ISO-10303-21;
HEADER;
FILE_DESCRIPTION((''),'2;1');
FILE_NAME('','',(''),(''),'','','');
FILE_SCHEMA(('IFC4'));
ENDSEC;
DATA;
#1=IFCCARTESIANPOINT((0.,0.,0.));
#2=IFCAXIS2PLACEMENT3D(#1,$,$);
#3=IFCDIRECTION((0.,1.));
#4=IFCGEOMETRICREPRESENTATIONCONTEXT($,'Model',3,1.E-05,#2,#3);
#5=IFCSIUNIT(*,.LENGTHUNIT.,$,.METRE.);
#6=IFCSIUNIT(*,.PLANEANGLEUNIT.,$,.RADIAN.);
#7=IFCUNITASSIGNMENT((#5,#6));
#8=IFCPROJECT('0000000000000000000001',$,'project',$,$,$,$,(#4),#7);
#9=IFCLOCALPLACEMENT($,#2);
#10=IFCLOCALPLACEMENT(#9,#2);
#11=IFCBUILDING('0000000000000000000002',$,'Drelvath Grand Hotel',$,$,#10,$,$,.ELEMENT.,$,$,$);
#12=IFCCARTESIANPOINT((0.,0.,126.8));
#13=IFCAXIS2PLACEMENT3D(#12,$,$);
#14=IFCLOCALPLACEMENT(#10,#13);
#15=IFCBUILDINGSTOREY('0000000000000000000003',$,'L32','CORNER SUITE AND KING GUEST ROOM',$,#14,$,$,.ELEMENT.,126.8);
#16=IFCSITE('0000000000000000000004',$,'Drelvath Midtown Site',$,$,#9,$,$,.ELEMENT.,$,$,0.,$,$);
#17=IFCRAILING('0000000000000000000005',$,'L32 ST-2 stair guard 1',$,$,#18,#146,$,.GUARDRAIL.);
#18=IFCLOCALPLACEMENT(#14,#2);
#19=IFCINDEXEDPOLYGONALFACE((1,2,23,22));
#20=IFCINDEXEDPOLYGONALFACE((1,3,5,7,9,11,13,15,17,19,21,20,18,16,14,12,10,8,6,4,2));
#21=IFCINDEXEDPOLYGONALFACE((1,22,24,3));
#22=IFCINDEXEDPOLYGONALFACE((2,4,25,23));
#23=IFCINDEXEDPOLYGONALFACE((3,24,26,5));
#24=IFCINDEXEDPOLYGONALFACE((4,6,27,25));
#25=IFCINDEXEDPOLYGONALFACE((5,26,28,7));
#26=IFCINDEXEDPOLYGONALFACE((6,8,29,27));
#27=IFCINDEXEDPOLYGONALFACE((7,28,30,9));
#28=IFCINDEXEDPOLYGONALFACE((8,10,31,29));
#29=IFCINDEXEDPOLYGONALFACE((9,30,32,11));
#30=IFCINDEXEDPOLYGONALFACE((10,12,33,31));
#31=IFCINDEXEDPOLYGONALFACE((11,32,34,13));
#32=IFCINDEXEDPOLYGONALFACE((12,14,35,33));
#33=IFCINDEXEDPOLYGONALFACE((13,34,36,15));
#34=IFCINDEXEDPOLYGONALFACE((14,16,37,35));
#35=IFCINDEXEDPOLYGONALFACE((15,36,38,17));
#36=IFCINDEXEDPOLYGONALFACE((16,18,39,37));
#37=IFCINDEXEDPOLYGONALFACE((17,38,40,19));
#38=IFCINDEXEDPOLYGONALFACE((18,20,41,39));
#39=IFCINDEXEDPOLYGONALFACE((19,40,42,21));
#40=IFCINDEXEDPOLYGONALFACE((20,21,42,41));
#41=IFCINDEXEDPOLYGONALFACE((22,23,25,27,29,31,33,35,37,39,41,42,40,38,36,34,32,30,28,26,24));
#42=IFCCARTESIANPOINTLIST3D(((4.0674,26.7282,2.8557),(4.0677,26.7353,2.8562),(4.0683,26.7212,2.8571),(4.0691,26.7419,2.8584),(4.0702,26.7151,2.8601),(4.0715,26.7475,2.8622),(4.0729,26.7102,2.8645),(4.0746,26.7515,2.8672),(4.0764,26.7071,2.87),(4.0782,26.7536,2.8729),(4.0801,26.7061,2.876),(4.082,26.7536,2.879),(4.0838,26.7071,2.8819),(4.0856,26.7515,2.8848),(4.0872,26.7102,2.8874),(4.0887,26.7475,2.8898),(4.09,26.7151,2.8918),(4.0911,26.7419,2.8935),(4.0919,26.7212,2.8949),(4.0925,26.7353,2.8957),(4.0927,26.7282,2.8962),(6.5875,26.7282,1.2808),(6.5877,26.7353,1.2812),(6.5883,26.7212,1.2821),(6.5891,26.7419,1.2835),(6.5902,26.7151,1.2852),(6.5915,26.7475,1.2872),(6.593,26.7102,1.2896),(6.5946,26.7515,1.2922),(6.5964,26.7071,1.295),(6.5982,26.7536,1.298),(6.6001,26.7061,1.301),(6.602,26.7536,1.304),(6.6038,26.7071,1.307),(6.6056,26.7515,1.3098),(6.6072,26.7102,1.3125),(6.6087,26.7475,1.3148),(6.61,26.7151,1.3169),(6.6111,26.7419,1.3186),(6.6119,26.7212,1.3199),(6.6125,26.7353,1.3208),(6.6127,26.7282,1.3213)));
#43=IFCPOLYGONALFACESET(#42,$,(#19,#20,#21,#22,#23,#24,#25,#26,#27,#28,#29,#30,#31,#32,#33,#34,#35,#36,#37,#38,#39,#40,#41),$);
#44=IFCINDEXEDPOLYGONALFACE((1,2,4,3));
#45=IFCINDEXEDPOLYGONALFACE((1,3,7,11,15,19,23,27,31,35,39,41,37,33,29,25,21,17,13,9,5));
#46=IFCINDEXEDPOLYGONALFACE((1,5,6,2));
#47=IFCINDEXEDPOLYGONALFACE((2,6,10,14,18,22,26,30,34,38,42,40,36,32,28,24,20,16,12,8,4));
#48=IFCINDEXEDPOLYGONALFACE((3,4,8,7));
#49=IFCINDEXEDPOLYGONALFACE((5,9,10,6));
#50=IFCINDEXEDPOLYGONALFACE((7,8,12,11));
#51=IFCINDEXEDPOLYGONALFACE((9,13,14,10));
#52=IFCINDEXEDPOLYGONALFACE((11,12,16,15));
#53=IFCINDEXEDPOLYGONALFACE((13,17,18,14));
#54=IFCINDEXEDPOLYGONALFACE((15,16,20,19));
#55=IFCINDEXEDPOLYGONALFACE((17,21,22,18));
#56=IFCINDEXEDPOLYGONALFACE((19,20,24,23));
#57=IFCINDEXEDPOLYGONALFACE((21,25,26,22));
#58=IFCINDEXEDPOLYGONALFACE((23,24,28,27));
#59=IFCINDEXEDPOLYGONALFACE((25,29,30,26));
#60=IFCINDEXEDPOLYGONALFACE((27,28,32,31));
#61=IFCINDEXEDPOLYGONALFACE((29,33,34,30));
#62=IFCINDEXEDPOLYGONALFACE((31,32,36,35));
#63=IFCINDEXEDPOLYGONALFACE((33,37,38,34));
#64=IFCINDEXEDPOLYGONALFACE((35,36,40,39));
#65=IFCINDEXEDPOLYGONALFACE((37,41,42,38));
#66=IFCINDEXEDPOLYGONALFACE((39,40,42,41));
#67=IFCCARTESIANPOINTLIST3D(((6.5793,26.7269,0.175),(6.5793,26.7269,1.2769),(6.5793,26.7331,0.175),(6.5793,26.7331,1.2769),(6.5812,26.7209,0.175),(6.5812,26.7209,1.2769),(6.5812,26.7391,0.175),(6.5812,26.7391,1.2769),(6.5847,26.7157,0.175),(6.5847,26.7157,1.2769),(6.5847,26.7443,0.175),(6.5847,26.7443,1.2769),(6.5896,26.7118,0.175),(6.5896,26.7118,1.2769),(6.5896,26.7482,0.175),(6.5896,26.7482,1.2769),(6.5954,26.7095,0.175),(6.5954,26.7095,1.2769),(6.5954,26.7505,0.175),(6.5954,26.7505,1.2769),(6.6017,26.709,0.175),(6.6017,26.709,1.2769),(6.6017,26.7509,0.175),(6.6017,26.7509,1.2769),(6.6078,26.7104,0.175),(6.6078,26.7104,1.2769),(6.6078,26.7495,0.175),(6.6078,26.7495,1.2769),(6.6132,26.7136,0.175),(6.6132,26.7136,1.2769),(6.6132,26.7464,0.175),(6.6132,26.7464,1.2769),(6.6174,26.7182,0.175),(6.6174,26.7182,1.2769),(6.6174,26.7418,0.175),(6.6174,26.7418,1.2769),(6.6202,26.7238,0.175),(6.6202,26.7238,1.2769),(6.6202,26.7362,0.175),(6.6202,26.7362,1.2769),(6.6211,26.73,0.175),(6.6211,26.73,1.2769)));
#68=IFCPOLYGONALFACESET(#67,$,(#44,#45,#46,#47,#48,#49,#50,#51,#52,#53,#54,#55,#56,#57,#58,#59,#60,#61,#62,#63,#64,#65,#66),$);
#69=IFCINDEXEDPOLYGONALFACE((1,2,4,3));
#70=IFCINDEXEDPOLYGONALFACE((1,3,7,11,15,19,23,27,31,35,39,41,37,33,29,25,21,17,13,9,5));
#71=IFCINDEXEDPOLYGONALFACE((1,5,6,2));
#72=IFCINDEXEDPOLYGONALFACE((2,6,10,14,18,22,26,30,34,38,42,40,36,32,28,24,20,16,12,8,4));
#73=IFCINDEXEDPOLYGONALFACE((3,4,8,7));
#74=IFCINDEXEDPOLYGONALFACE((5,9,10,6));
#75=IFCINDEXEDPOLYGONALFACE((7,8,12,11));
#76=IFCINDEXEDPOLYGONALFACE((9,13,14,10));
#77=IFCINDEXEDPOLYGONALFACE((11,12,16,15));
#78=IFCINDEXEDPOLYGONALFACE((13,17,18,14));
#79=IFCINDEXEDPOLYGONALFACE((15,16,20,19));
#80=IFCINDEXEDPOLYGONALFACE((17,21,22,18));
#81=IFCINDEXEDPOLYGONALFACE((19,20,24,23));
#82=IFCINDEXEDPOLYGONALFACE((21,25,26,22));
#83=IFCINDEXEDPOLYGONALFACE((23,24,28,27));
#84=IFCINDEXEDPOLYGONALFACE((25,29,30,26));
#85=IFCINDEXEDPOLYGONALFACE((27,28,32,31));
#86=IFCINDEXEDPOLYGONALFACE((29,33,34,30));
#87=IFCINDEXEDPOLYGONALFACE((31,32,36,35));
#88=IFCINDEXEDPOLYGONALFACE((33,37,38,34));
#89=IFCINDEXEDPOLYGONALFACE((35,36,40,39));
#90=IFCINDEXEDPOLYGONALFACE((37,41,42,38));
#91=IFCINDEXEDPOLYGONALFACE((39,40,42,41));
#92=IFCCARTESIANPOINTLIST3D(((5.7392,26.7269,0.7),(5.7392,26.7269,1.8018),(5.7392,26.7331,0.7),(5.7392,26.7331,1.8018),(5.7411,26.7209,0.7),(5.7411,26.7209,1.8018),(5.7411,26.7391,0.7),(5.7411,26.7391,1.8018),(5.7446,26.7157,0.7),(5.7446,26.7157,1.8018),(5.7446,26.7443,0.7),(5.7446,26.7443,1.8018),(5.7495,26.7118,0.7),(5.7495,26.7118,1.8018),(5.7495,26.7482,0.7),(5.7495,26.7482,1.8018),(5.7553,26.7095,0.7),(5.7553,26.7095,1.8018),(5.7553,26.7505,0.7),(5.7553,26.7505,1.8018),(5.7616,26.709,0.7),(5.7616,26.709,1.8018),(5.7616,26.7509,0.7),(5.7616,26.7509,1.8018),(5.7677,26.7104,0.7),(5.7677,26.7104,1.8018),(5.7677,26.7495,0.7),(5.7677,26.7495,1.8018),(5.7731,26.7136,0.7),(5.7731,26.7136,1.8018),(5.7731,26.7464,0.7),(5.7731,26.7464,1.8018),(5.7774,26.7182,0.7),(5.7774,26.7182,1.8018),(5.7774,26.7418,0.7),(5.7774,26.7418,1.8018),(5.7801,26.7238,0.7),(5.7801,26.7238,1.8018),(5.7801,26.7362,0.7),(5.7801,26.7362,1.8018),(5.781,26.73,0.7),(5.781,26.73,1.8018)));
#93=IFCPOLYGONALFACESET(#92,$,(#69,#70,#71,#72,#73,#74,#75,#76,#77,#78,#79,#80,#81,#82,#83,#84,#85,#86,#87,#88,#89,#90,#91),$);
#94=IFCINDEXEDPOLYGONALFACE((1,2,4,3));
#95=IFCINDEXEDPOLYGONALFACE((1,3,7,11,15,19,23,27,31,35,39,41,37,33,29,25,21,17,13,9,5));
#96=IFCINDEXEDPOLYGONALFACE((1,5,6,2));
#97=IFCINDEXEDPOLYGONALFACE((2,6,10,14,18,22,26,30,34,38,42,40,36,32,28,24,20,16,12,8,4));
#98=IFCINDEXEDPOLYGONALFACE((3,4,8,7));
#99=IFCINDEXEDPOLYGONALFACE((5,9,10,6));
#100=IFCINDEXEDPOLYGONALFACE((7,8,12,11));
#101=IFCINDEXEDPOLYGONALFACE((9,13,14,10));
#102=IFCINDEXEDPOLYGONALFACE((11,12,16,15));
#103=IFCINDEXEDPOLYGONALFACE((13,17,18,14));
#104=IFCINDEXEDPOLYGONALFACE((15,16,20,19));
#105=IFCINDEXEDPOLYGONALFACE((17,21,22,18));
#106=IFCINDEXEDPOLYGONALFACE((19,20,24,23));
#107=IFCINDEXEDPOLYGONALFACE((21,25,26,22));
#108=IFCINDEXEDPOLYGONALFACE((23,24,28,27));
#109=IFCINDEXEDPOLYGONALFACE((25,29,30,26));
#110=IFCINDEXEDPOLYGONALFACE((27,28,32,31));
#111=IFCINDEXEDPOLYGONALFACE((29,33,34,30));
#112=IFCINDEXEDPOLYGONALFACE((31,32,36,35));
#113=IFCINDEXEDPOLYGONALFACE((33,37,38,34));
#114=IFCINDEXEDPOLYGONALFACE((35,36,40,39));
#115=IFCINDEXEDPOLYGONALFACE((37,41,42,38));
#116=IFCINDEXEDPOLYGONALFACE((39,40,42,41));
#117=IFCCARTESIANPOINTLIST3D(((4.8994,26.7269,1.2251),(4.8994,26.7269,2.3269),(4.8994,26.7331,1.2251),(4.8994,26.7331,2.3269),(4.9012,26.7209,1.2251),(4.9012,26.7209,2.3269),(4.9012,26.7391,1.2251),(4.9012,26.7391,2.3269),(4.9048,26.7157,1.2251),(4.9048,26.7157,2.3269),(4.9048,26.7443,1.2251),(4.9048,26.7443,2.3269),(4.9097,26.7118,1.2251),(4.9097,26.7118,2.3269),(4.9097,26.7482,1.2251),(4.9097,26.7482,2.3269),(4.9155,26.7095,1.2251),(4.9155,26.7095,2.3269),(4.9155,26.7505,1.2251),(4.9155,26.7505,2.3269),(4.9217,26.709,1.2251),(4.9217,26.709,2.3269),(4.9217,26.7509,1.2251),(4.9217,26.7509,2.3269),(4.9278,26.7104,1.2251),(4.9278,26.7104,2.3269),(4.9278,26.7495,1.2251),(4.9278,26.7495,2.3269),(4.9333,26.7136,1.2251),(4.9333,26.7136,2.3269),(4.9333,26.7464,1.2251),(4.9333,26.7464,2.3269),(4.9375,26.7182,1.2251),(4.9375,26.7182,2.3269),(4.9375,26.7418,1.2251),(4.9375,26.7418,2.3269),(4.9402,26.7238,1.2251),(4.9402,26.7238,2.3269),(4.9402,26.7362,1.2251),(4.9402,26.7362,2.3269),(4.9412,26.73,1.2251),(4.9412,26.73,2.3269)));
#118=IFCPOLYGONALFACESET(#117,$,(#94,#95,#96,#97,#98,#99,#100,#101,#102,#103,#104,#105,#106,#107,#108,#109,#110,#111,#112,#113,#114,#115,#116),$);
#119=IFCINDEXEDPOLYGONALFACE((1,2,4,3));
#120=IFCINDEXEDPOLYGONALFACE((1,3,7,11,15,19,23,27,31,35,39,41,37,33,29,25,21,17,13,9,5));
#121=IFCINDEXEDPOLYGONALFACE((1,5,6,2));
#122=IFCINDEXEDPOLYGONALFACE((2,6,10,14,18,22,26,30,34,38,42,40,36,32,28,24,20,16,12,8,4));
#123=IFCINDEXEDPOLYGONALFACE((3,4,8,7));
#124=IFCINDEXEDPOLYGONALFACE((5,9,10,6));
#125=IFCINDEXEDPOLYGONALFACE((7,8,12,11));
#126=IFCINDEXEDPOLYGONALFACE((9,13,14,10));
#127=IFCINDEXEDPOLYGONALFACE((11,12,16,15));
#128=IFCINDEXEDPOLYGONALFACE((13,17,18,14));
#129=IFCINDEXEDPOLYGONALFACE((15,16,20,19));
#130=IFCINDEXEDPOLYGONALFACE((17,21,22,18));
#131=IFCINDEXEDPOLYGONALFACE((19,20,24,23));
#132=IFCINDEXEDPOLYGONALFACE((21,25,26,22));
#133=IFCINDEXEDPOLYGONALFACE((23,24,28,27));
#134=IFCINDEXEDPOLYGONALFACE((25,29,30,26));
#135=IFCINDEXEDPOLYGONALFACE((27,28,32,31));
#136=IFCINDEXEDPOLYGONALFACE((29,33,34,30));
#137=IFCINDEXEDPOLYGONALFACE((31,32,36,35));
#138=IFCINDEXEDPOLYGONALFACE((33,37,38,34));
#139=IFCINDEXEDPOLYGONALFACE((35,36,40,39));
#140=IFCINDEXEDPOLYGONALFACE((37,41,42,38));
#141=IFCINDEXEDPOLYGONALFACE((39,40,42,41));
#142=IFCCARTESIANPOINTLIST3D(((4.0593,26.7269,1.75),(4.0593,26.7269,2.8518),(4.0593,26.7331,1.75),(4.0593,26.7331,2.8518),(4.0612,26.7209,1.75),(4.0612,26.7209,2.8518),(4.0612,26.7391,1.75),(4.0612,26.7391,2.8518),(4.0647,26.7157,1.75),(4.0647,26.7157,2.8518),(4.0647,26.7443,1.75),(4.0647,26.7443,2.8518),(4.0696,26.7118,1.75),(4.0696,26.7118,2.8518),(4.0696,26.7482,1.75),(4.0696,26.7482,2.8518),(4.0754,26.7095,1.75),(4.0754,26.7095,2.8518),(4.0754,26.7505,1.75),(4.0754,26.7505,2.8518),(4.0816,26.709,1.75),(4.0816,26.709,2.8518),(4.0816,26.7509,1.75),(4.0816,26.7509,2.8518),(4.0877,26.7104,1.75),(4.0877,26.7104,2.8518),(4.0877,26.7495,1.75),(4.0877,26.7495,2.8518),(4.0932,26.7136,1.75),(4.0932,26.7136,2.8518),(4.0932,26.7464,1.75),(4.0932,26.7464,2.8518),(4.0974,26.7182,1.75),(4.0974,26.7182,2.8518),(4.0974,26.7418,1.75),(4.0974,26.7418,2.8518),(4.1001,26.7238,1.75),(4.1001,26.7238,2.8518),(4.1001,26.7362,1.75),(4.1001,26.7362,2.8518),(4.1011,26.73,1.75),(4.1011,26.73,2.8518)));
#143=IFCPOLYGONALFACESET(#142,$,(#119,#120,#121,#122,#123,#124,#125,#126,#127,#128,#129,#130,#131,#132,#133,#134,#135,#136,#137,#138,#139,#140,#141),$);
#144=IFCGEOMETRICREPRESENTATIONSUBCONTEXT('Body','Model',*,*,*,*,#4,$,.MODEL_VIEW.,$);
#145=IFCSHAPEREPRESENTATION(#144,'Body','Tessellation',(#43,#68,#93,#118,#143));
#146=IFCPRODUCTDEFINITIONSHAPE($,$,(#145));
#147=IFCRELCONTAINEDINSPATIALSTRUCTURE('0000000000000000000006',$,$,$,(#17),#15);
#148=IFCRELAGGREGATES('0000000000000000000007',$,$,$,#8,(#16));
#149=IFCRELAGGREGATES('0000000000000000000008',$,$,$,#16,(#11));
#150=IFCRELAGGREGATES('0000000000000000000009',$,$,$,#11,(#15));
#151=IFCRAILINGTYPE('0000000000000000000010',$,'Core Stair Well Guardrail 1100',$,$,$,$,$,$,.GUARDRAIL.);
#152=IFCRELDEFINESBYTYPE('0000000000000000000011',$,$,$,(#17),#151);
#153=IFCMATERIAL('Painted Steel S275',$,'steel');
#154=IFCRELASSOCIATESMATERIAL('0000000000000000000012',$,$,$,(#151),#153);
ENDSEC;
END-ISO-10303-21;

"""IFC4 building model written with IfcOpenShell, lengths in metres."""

from ifc_helpers import new_model, si_unit, direction, frame, origin, origin_2d, place, context, subcontext, project, spatial, circle, extrude, material, type_object, element, save


model = new_model("IFC4")

# Units and contexts
model_context = context("Model", 3, precision=1e-05, world=origin(), true_north=direction((0.0, 1.0)))
body_context = subcontext(model_context, "Body", "Model", "MODEL_VIEW")
ifc_project = project(units=[si_unit("LENGTHUNIT", "METRE"), si_unit("PLANEANGLEUNIT", "RADIAN")], contexts=[model_context])

# Site, building, storey
site_placement = place(None, origin())
site = spatial("IfcSite", under=ifc_project, at=site_placement, Name="Drelvath Midtown Site", CompositionType="ELEMENT", RefElevation=0.0)
building_placement = place(site_placement, origin())
building = spatial("IfcBuilding", under=site, at=building_placement, Name="Drelvath Grand Hotel", CompositionType="ELEMENT")
storey_placement = place(building_placement, frame((0.0, 0.0, 126.8)))
storey = spatial("IfcBuildingStorey", under=building, at=storey_placement, Name="L32", Description="CORNER SUITE AND KING GUEST ROOM", CompositionType="ELEMENT", Elevation=126.8)

# Shared definitions
ifc_material_1 = material(Name="Painted Steel S275", Category="steel")

# Railing
railing_type_1 = type_object("IfcRailingType", Name="Core Stair Well Guardrail 1100", PredefinedType="GUARDRAIL", material=ifc_material_1)
railing_1_placement = place(storey_placement, frame((6.6001, 26.73, 0.175)))
element("IfcRailing", 1, at=railing_1_placement, inside=storey, type_object=railing_type_1, Name="L32 ST-2 stair guard 1", PredefinedType="GUARDRAIL", context=body_context, shape_type="SweptSolid", body=[
    extrude(circle(Radius=0.0239, at=origin_2d()), frame((0.0, 0.0, 1.126), z_axis=(-0.848008, 0.0, 0.529984), x_axis=(0.0, -1.0, 0.0)), (0.0, 0.0, 1.0), 2.9717),
    extrude(circle(Radius=0.021, at=origin_2d()), origin(), (0.0, 0.0, 1.0), 1.1018),
    extrude(circle(Radius=0.021, at=origin_2d()), frame((-0.8401, 0.0, 0.5249)), (0.0, 0.0, 1.0), 1.1018),
    extrude(circle(Radius=0.021, at=origin_2d()), frame((-1.6799, 0.0, 1.05)), (0.0, 0.0, 1.0), 1.1018),
    extrude(circle(Radius=0.021, at=origin_2d()), frame((-2.52, 0.0, 1.575)), (0.0, 0.0, 1.0), 1.1018),
])

save(model, "model.ifc")
